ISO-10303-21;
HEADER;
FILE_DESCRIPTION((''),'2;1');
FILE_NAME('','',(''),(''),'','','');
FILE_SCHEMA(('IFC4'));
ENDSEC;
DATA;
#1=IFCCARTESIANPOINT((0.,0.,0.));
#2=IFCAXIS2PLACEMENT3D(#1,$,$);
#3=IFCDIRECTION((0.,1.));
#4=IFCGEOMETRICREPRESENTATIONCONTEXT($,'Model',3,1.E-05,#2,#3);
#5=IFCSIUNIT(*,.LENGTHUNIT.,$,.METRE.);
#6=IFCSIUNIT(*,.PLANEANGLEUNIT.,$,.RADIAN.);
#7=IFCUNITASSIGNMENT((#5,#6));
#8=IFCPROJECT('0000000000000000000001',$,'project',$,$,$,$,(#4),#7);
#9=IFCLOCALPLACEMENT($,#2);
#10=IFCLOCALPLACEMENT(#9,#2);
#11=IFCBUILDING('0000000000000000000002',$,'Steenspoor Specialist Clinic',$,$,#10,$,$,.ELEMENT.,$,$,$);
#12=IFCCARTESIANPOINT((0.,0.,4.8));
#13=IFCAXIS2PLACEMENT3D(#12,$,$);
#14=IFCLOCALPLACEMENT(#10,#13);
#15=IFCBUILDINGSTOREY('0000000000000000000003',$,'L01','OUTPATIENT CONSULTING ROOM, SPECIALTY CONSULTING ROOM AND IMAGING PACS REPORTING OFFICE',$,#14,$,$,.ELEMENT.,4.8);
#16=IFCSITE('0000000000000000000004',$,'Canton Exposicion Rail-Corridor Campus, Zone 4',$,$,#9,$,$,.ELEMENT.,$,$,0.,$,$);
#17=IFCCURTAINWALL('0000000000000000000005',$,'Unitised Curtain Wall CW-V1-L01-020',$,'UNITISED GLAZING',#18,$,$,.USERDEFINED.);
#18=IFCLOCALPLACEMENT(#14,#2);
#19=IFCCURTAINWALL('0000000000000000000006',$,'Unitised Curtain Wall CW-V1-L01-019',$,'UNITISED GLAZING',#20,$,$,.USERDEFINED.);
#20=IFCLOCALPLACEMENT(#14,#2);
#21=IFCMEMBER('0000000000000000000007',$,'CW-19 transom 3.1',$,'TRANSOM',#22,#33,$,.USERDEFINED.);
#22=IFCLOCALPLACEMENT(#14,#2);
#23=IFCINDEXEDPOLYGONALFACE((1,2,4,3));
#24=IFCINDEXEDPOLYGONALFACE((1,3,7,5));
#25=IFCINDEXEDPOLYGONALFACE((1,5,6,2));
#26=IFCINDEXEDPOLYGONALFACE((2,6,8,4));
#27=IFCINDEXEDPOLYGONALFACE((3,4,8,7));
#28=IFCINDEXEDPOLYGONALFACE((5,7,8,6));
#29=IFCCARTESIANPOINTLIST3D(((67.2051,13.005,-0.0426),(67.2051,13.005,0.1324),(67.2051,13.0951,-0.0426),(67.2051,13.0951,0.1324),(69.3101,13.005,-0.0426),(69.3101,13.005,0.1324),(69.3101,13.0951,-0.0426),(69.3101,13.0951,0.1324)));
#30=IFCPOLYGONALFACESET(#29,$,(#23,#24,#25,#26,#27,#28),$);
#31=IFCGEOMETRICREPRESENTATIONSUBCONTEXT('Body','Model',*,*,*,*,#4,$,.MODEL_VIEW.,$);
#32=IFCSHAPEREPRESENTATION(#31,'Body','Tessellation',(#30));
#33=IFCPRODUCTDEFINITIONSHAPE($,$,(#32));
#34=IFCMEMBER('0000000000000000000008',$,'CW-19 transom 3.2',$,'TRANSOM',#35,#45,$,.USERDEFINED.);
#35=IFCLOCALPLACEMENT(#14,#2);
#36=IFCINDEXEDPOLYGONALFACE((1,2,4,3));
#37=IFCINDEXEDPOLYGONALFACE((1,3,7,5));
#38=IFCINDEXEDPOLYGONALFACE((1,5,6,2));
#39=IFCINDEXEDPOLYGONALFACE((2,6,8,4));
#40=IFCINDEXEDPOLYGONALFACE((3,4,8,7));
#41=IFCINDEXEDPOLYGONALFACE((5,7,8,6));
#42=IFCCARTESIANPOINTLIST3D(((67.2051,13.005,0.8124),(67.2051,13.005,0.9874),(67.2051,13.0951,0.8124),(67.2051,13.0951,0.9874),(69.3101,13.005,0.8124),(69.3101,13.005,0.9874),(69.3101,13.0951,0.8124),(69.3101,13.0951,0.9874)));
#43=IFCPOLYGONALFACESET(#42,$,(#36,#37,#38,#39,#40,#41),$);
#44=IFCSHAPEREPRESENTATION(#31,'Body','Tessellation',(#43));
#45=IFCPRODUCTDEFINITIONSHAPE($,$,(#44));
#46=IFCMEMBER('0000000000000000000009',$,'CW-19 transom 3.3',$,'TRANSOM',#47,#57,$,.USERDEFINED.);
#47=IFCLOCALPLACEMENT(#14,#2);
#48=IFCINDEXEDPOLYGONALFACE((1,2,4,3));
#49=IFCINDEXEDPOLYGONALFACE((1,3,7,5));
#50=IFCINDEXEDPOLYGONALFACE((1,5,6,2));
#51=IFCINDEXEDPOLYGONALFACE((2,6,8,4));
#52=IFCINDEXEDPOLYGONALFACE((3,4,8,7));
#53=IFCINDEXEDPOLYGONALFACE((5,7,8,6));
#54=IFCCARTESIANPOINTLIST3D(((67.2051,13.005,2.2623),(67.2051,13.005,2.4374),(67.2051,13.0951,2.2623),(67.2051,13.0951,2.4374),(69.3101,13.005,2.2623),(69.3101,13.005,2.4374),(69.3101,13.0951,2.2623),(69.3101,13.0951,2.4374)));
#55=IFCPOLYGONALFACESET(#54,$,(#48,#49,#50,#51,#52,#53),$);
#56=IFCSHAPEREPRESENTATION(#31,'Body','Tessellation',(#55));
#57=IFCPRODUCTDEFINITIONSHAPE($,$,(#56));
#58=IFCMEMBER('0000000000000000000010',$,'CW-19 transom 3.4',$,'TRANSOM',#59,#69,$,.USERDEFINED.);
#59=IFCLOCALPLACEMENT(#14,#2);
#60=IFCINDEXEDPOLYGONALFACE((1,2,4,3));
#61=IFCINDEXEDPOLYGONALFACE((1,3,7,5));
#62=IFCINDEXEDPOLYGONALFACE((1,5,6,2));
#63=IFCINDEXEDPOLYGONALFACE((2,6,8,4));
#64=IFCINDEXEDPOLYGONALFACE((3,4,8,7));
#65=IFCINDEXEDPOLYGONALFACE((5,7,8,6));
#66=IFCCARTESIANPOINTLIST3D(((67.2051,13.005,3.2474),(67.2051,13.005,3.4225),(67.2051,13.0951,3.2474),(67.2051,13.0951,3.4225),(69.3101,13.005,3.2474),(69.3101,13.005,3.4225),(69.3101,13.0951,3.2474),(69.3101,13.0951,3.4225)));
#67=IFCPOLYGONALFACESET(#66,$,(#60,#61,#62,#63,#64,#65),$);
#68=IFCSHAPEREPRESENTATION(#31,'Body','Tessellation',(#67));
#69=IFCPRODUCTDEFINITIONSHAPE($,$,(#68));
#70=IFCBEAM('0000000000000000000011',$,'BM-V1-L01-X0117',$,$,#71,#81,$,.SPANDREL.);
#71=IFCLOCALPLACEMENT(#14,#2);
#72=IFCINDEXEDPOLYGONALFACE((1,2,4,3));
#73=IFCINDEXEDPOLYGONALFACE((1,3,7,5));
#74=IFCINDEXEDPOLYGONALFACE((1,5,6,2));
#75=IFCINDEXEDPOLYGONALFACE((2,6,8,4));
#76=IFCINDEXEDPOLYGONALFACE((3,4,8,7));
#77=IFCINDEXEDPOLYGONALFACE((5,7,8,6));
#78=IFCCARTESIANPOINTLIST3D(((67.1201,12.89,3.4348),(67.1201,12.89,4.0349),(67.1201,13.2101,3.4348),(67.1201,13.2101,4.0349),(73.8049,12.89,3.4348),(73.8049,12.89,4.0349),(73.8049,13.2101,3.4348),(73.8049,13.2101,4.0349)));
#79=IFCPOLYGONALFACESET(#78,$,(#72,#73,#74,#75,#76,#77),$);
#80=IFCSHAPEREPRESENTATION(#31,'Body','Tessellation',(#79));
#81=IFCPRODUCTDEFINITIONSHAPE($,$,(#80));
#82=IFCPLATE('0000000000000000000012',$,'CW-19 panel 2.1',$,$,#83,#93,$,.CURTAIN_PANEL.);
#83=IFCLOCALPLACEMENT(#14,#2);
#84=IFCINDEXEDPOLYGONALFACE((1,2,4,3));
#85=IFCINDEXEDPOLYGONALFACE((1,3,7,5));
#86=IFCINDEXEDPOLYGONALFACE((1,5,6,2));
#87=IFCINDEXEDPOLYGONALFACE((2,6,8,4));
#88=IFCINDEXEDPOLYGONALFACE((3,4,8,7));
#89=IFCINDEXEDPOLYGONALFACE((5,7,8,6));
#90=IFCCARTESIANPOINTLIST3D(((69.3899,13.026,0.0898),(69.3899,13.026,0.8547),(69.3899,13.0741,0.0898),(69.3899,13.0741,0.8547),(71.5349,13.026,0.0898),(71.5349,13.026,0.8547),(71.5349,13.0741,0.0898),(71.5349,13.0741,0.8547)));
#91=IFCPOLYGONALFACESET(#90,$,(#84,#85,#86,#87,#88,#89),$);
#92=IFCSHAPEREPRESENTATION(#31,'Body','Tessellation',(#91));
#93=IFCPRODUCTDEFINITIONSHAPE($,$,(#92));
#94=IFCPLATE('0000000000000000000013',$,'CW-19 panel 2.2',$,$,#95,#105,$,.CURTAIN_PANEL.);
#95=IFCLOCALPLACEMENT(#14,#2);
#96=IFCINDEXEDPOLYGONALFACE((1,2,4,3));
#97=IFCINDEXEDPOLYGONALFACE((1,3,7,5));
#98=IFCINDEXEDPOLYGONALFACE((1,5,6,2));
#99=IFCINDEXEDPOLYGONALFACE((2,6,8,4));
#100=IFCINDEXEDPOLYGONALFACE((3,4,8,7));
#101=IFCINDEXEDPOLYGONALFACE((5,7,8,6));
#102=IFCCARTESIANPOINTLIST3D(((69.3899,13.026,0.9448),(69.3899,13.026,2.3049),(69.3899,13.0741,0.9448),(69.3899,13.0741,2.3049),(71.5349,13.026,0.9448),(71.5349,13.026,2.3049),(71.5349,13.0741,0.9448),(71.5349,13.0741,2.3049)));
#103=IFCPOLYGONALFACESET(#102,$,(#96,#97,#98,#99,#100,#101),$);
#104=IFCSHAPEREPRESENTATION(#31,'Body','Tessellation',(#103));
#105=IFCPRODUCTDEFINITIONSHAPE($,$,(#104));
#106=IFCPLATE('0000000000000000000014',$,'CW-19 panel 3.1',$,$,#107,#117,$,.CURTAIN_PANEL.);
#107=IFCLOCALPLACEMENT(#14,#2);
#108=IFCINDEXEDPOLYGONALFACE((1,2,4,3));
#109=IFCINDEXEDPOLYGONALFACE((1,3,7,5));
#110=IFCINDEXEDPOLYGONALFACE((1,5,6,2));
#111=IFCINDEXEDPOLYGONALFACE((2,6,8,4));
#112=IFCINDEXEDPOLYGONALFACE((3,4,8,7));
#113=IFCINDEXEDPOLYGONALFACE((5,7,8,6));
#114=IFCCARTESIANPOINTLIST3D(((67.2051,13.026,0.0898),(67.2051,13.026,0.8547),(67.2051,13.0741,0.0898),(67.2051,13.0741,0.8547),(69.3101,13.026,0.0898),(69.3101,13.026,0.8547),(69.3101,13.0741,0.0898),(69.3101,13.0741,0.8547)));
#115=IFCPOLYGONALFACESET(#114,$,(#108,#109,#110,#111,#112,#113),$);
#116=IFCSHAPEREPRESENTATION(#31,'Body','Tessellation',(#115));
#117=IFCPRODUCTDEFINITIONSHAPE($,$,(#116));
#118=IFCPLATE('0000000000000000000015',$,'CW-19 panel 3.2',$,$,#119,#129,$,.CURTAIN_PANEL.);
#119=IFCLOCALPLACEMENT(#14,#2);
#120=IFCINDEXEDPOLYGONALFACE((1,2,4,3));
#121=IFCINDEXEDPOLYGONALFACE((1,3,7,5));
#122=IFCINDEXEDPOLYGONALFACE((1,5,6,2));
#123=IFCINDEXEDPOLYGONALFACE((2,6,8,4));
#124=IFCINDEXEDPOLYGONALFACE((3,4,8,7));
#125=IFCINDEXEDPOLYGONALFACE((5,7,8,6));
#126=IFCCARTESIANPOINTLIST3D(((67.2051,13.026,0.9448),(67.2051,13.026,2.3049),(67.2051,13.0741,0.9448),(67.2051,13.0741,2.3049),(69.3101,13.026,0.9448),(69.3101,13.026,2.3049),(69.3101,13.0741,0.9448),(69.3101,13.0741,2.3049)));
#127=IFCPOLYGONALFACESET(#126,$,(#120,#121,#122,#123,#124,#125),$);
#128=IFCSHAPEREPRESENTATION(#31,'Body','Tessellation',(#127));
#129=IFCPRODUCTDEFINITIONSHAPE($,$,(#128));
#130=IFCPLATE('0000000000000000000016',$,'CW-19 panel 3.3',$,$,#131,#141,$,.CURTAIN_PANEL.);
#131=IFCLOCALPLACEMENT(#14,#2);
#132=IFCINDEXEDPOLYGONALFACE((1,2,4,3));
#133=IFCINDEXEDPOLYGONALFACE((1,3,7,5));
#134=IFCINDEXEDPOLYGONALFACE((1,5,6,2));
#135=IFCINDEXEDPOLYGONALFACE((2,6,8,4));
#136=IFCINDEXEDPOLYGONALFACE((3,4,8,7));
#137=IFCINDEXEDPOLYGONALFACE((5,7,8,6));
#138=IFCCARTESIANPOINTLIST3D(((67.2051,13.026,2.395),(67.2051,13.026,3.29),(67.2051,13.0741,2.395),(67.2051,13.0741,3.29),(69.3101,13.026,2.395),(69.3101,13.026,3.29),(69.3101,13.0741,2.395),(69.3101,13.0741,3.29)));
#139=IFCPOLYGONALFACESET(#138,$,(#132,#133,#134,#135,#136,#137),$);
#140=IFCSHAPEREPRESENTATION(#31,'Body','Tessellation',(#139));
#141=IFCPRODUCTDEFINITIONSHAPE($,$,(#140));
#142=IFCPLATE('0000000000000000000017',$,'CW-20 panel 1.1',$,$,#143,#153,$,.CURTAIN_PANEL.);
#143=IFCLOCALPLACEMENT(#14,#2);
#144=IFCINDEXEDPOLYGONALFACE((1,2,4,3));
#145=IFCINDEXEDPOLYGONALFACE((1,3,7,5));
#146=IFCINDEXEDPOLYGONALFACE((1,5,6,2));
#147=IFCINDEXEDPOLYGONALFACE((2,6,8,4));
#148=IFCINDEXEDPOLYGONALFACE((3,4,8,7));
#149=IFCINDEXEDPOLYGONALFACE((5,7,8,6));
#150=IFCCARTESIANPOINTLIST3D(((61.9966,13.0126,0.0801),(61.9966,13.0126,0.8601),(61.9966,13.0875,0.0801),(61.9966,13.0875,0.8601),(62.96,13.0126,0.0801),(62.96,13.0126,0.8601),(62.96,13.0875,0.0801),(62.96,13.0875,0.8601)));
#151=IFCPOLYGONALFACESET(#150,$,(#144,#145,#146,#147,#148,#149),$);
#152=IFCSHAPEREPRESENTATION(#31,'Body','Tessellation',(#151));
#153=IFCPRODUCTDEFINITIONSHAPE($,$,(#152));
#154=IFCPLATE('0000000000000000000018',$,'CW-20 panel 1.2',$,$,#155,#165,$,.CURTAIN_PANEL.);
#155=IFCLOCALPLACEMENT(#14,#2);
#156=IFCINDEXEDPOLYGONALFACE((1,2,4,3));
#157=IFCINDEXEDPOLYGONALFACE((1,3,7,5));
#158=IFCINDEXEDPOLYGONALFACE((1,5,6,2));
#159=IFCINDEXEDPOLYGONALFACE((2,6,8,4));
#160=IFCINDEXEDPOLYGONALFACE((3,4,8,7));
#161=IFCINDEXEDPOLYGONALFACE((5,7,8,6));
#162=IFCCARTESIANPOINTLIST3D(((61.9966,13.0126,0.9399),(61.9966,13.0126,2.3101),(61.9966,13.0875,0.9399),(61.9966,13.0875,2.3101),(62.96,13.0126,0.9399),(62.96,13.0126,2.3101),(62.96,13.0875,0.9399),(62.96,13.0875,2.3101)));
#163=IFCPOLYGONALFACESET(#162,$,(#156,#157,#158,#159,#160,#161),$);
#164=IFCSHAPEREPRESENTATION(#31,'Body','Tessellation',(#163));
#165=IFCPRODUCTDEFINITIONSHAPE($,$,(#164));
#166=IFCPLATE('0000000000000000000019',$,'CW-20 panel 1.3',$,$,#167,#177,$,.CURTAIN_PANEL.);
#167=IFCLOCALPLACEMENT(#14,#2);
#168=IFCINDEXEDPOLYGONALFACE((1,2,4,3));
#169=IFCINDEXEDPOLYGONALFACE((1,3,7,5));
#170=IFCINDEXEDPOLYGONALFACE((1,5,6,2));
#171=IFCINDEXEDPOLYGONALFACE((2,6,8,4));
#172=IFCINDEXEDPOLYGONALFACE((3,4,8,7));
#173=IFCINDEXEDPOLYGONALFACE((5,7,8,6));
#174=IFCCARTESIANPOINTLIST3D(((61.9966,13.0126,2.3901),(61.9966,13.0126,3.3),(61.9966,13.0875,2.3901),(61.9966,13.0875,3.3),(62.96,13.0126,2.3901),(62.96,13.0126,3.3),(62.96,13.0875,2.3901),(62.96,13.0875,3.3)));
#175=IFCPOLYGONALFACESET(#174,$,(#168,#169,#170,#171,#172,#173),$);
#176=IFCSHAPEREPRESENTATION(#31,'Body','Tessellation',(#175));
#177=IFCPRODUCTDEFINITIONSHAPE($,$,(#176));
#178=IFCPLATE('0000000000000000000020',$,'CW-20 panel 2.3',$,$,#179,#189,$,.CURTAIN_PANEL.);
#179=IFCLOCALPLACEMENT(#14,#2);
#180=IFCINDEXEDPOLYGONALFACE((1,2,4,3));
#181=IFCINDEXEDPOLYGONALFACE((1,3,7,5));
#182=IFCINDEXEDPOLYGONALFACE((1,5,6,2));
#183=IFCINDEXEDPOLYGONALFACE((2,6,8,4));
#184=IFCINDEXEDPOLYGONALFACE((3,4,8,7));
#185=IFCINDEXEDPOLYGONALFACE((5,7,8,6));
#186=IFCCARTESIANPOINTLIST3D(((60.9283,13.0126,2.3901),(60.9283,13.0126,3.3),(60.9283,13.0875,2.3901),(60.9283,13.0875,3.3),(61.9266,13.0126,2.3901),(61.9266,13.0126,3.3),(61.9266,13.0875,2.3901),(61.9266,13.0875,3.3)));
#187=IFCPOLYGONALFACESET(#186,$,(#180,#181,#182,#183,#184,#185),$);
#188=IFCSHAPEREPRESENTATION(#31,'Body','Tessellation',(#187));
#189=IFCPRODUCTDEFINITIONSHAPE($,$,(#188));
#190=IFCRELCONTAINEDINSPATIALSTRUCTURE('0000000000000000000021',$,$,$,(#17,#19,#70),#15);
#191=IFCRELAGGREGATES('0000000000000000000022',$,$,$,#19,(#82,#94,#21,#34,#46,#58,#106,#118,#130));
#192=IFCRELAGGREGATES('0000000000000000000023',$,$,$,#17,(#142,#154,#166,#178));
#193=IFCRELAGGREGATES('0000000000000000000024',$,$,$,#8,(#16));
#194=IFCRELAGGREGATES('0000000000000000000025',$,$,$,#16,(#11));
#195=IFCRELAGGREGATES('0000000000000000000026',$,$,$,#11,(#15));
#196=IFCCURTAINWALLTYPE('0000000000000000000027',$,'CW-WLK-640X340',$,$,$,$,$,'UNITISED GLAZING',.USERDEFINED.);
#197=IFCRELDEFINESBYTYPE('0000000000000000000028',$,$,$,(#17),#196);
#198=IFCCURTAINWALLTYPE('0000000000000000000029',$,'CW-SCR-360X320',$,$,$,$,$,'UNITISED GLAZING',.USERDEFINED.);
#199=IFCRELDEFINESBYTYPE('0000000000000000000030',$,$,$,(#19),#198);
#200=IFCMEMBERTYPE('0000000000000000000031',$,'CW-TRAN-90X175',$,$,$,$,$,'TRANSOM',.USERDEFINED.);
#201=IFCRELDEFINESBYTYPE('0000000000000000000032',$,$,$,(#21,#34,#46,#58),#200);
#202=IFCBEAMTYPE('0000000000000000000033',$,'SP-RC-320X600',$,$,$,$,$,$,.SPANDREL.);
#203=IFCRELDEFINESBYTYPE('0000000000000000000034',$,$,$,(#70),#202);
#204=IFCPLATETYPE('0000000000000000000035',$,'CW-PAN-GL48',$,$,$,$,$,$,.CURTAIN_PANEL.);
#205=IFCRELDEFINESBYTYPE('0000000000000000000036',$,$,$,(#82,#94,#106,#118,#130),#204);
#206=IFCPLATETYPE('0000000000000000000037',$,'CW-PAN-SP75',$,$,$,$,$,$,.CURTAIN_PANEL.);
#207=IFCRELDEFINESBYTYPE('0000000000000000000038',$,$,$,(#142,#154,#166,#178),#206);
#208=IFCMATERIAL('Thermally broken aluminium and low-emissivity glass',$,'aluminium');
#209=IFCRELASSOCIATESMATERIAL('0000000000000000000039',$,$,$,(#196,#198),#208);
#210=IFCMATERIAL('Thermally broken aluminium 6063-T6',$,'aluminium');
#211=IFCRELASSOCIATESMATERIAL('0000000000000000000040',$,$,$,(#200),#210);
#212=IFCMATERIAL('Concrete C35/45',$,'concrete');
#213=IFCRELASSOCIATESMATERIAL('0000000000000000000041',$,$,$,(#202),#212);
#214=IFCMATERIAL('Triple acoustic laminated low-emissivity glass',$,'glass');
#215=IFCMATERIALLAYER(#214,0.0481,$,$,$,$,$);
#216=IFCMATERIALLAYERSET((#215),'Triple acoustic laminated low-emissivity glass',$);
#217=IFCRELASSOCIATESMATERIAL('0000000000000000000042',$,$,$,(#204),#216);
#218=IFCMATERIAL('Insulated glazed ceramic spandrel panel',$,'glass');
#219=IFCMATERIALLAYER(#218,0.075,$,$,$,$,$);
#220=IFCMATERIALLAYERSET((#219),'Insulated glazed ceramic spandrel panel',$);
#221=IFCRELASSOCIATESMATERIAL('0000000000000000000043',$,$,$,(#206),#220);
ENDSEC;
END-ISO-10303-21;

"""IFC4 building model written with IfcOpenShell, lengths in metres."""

from ifc_helpers import new_model, si_unit, direction, frame, origin, origin_2d, place, context, subcontext, project, spatial, rectangle, extrude, material, layer, layer_set, material_profile, profile_set, type_object, element, aggregate, save


model = new_model("IFC4")

# Units and contexts
model_context = context("Model", 3, precision=1e-05, world=origin(), true_north=direction((0.0, 1.0)))
body_context = subcontext(model_context, "Body", "Model", "MODEL_VIEW")
ifc_project = project(units=[si_unit("LENGTHUNIT", "METRE"), si_unit("PLANEANGLEUNIT", "RADIAN")], contexts=[model_context])

# Site, building, storey
site_placement = place(None, origin())
site = spatial("IfcSite", under=ifc_project, at=site_placement, Name="Canton Exposicion Rail-Corridor Campus, Zone 4", CompositionType="ELEMENT", RefElevation=0.0)
building_placement = place(site_placement, origin())
building = spatial("IfcBuilding", under=site, at=building_placement, Name="Steenspoor Specialist Clinic", CompositionType="ELEMENT")
storey_placement = place(building_placement, frame((0.0, 0.0, 4.8)))
storey = spatial("IfcBuildingStorey", under=building, at=storey_placement, Name="L01", Description="OUTPATIENT CONSULTING ROOM, SPECIALTY CONSULTING ROOM AND IMAGING PACS REPORTING OFFICE", CompositionType="ELEMENT", Elevation=4.8)

# Curtain walls
ifc_material_1 = material(Name="Thermally broken aluminium and low-emissivity glass", Category="aluminium")
curtain_wall_type_1 = type_object("IfcCurtainWallType", Name="CW-WLK-640X340", ElementType="UNITISED GLAZING", PredefinedType="USERDEFINED", material=ifc_material_1)
curtain_wall_1_placement = place(storey_placement, origin())
curtain_wall_1 = element("IfcCurtainWall", 1, at=curtain_wall_1_placement, inside=storey, type_object=curtain_wall_type_1, Name="Unitised Curtain Wall CW-V1-L01-020", ObjectType="UNITISED GLAZING", PredefinedType="USERDEFINED")
ifc_material_2 = material(Name="Thermally broken aluminium 6063-T6", Category="aluminium")
curtain_wall_type_2 = type_object("IfcCurtainWallType", Name="CW-SCR-360X320", ElementType="UNITISED GLAZING", PredefinedType="USERDEFINED", material=ifc_material_1)
curtain_wall_2_placement = place(storey_placement, origin())
curtain_wall_2 = element("IfcCurtainWall", 2, at=curtain_wall_2_placement, inside=storey, type_object=curtain_wall_type_2, Name="Unitised Curtain Wall CW-V1-L01-019", ObjectType="UNITISED GLAZING", PredefinedType="USERDEFINED")

# Members
ifc_material_profile_1 = material_profile(ifc_material_2, rectangle(XDim=0.0901, YDim=0.175, at=origin_2d()), Name="CWT-90X175")
ifc_profile_set_1 = profile_set([ifc_material_profile_1], Name="Thermally broken aluminium 6063-T6")
member_type_1 = type_object("IfcMemberType", Name="CW-TRAN-90X175", ElementType="TRANSOM", PredefinedType="USERDEFINED", material=ifc_profile_set_1)
member_1_placement = place(storey_placement, frame((69.3101, 13.05, 0.0449), z_axis=(-1.0, 0.0, 0.0), x_axis=(0.0, -1.0, 0.0)))
member_1 = element("IfcMember", 3, at=member_1_placement, type_object=member_type_1, Name="CW-19 transom 3.1", ObjectType="TRANSOM", PredefinedType="USERDEFINED", context=body_context, shape_type="SweptSolid", body=[
    extrude(rectangle(XDim=0.0901, YDim=0.175, at=origin_2d()), origin(), (0.0, 0.0, 1.0), 2.105),
])
member_2_placement = place(storey_placement, frame((69.3101, 13.05, 0.8999), z_axis=(-1.0, 0.0, 0.0), x_axis=(0.0, -1.0, 0.0)))
member_2 = element("IfcMember", 4, at=member_2_placement, type_object=member_type_1, Name="CW-19 transom 3.2", ObjectType="TRANSOM", PredefinedType="USERDEFINED", context=body_context, shape_type="SweptSolid", body=[
    extrude(rectangle(XDim=0.0901, YDim=0.175, at=origin_2d()), origin(), (0.0, 0.0, 1.0), 2.105),
])
member_3_placement = place(storey_placement, frame((69.3101, 13.05, 2.3499), z_axis=(-1.0, 0.0, 0.0), x_axis=(0.0, -1.0, 0.0)))
member_3 = element("IfcMember", 5, at=member_3_placement, type_object=member_type_1, Name="CW-19 transom 3.3", ObjectType="TRANSOM", PredefinedType="USERDEFINED", context=body_context, shape_type="SweptSolid", body=[
    extrude(rectangle(XDim=0.0901, YDim=0.175, at=origin_2d()), origin(), (0.0, 0.0, 1.0), 2.105),
])
member_4_placement = place(storey_placement, frame((69.3101, 13.05, 3.335), z_axis=(-1.0, 0.0, 0.0), x_axis=(0.0, -1.0, 0.0)))
member_4 = element("IfcMember", 6, at=member_4_placement, type_object=member_type_1, Name="CW-19 transom 3.4", ObjectType="TRANSOM", PredefinedType="USERDEFINED", context=body_context, shape_type="SweptSolid", body=[
    extrude(rectangle(XDim=0.0901, YDim=0.175, at=origin_2d()), origin(), (0.0, 0.0, 1.0), 2.105),
])

# Beam
ifc_material_3 = material(Name="Concrete C35/45", Category="concrete")
ifc_material_profile_2 = material_profile(ifc_material_3, rectangle(XDim=0.3201, YDim=0.6001, at=origin_2d()), Name="RC-SP-320X600")
ifc_profile_set_2 = profile_set([ifc_material_profile_2], Name="Concrete C35/45")
beam_type = type_object("IfcBeamType", Name="SP-RC-320X600", PredefinedType="SPANDREL", material=ifc_profile_set_2)
beam_placement = place(storey_placement, frame((67.1201, 13.05, 3.7349), z_axis=(1.0, 0.0, 0.0), x_axis=(0.0, 1.0, 0.0)))
element("IfcBeam", 7, at=beam_placement, inside=storey, type_object=beam_type, Name="BM-V1-L01-X0117", PredefinedType="SPANDREL", context=body_context, shape_type="SweptSolid", body=[
    extrude(rectangle(XDim=0.3201, YDim=0.6001, at=origin_2d()), origin(), (0.0, 0.0, 1.0), 6.6848),
])

# Plates
ifc_material_4 = material(Name="Triple acoustic laminated low-emissivity glass", Category="glass")
ifc_layer_1 = layer(ifc_material_4, 0.0481)
ifc_layer_set_1 = layer_set([ifc_layer_1], Name="Triple acoustic laminated low-emissivity glass")
plate_type_1 = type_object("IfcPlateType", Name="CW-PAN-GL48", PredefinedType="CURTAIN_PANEL", material=ifc_layer_set_1)
plate_1_placement = place(storey_placement, frame((70.4624, 13.05, 0.0898), z_axis=(0.0, 0.0, 1.0), x_axis=(-1.0, 0.0, 0.0)))
plate_1 = element("IfcPlate", 8, at=plate_1_placement, type_object=plate_type_1, Name="CW-19 panel 2.1", PredefinedType="CURTAIN_PANEL", context=body_context, shape_type="SweptSolid", body=[
    extrude(rectangle(XDim=2.145, YDim=0.0481, at=origin_2d()), origin(), (0.0, 0.0, 1.0), 0.7649),
])
plate_2_placement = place(storey_placement, frame((70.4624, 13.05, 0.9448), z_axis=(0.0, 0.0, 1.0), x_axis=(-1.0, 0.0, 0.0)))
plate_2 = element("IfcPlate", 9, at=plate_2_placement, type_object=plate_type_1, Name="CW-19 panel 2.2", PredefinedType="CURTAIN_PANEL", context=body_context, shape_type="SweptSolid", body=[
    extrude(rectangle(XDim=2.145, YDim=0.0481, at=origin_2d()), origin(), (0.0, 0.0, 1.0), 1.3601),
])
plate_3_placement = place(storey_placement, frame((68.2576, 13.05, 0.0898), z_axis=(0.0, 0.0, 1.0), x_axis=(-1.0, 0.0, 0.0)))
plate_3 = element("IfcPlate", 10, at=plate_3_placement, type_object=plate_type_1, Name="CW-19 panel 3.1", PredefinedType="CURTAIN_PANEL", context=body_context, shape_type="SweptSolid", body=[
    extrude(rectangle(XDim=2.105, YDim=0.0481, at=origin_2d()), origin(), (0.0, 0.0, 1.0), 0.7649),
])
plate_4_placement = place(storey_placement, frame((68.2576, 13.05, 0.9448), z_axis=(0.0, 0.0, 1.0), x_axis=(-1.0, 0.0, 0.0)))
plate_4 = element("IfcPlate", 11, at=plate_4_placement, type_object=plate_type_1, Name="CW-19 panel 3.2", PredefinedType="CURTAIN_PANEL", context=body_context, shape_type="SweptSolid", body=[
    extrude(rectangle(XDim=2.105, YDim=0.0481, at=origin_2d()), origin(), (0.0, 0.0, 1.0), 1.3601),
])
plate_5_placement = place(storey_placement, frame((68.2576, 13.05, 2.395), z_axis=(0.0, 0.0, 1.0), x_axis=(-1.0, 0.0, 0.0)))
plate_5 = element("IfcPlate", 12, at=plate_5_placement, type_object=plate_type_1, Name="CW-19 panel 3.3", PredefinedType="CURTAIN_PANEL", context=body_context, shape_type="SweptSolid", body=[
    extrude(rectangle(XDim=2.105, YDim=0.0481, at=origin_2d()), origin(), (0.0, 0.0, 1.0), 0.895),
])
aggregate(curtain_wall_2, [plate_1, plate_2, member_1, member_2, member_3, member_4, plate_3, plate_4, plate_5])
ifc_material_5 = material(Name="Insulated glazed ceramic spandrel panel", Category="glass")
ifc_layer_2 = layer(ifc_material_5, 0.075)
ifc_layer_set_2 = layer_set([ifc_layer_2], Name="Insulated glazed ceramic spandrel panel")
plate_type_2 = type_object("IfcPlateType", Name="CW-PAN-SP75", PredefinedType="CURTAIN_PANEL", material=ifc_layer_set_2)
plate_6_placement = place(storey_placement, frame((62.4783, 13.05, 0.0801), z_axis=(0.0, 0.0, 1.0), x_axis=(-1.0, 0.0, 0.0)))
plate_6 = element("IfcPlate", 13, at=plate_6_placement, type_object=plate_type_2, Name="CW-20 panel 1.1", PredefinedType="CURTAIN_PANEL", context=body_context, shape_type="SweptSolid", body=[
    extrude(rectangle(XDim=0.9634, YDim=0.075, at=origin_2d()), origin(), (0.0, 0.0, 1.0), 0.78),
])
plate_7_placement = place(storey_placement, frame((62.4783, 13.05, 0.9399), z_axis=(0.0, 0.0, 1.0), x_axis=(-1.0, 0.0, 0.0)))
plate_7 = element("IfcPlate", 14, at=plate_7_placement, type_object=plate_type_2, Name="CW-20 panel 1.2", PredefinedType="CURTAIN_PANEL", context=body_context, shape_type="SweptSolid", body=[
    extrude(rectangle(XDim=0.9634, YDim=0.075, at=origin_2d()), origin(), (0.0, 0.0, 1.0), 1.3701),
])
plate_8_placement = place(storey_placement, frame((62.4783, 13.05, 2.3901), z_axis=(0.0, 0.0, 1.0), x_axis=(-1.0, 0.0, 0.0)))
plate_8 = element("IfcPlate", 15, at=plate_8_placement, type_object=plate_type_2, Name="CW-20 panel 1.3", PredefinedType="CURTAIN_PANEL", context=body_context, shape_type="SweptSolid", body=[
    extrude(rectangle(XDim=0.9634, YDim=0.075, at=origin_2d()), origin(), (0.0, 0.0, 1.0), 0.9099),
])
plate_9_placement = place(storey_placement, frame((61.4275, 13.05, 2.3901), z_axis=(0.0, 0.0, 1.0), x_axis=(-1.0, 0.0, 0.0)))
plate_9 = element("IfcPlate", 16, at=plate_9_placement, type_object=plate_type_2, Name="CW-20 panel 2.3", PredefinedType="CURTAIN_PANEL", context=body_context, shape_type="SweptSolid", body=[
    extrude(rectangle(XDim=0.9983, YDim=0.075, at=origin_2d()), origin(), (0.0, 0.0, 1.0), 0.9099),
])
aggregate(curtain_wall_1, [plate_6, plate_7, plate_8, plate_9])

save(model, "model.ifc")
